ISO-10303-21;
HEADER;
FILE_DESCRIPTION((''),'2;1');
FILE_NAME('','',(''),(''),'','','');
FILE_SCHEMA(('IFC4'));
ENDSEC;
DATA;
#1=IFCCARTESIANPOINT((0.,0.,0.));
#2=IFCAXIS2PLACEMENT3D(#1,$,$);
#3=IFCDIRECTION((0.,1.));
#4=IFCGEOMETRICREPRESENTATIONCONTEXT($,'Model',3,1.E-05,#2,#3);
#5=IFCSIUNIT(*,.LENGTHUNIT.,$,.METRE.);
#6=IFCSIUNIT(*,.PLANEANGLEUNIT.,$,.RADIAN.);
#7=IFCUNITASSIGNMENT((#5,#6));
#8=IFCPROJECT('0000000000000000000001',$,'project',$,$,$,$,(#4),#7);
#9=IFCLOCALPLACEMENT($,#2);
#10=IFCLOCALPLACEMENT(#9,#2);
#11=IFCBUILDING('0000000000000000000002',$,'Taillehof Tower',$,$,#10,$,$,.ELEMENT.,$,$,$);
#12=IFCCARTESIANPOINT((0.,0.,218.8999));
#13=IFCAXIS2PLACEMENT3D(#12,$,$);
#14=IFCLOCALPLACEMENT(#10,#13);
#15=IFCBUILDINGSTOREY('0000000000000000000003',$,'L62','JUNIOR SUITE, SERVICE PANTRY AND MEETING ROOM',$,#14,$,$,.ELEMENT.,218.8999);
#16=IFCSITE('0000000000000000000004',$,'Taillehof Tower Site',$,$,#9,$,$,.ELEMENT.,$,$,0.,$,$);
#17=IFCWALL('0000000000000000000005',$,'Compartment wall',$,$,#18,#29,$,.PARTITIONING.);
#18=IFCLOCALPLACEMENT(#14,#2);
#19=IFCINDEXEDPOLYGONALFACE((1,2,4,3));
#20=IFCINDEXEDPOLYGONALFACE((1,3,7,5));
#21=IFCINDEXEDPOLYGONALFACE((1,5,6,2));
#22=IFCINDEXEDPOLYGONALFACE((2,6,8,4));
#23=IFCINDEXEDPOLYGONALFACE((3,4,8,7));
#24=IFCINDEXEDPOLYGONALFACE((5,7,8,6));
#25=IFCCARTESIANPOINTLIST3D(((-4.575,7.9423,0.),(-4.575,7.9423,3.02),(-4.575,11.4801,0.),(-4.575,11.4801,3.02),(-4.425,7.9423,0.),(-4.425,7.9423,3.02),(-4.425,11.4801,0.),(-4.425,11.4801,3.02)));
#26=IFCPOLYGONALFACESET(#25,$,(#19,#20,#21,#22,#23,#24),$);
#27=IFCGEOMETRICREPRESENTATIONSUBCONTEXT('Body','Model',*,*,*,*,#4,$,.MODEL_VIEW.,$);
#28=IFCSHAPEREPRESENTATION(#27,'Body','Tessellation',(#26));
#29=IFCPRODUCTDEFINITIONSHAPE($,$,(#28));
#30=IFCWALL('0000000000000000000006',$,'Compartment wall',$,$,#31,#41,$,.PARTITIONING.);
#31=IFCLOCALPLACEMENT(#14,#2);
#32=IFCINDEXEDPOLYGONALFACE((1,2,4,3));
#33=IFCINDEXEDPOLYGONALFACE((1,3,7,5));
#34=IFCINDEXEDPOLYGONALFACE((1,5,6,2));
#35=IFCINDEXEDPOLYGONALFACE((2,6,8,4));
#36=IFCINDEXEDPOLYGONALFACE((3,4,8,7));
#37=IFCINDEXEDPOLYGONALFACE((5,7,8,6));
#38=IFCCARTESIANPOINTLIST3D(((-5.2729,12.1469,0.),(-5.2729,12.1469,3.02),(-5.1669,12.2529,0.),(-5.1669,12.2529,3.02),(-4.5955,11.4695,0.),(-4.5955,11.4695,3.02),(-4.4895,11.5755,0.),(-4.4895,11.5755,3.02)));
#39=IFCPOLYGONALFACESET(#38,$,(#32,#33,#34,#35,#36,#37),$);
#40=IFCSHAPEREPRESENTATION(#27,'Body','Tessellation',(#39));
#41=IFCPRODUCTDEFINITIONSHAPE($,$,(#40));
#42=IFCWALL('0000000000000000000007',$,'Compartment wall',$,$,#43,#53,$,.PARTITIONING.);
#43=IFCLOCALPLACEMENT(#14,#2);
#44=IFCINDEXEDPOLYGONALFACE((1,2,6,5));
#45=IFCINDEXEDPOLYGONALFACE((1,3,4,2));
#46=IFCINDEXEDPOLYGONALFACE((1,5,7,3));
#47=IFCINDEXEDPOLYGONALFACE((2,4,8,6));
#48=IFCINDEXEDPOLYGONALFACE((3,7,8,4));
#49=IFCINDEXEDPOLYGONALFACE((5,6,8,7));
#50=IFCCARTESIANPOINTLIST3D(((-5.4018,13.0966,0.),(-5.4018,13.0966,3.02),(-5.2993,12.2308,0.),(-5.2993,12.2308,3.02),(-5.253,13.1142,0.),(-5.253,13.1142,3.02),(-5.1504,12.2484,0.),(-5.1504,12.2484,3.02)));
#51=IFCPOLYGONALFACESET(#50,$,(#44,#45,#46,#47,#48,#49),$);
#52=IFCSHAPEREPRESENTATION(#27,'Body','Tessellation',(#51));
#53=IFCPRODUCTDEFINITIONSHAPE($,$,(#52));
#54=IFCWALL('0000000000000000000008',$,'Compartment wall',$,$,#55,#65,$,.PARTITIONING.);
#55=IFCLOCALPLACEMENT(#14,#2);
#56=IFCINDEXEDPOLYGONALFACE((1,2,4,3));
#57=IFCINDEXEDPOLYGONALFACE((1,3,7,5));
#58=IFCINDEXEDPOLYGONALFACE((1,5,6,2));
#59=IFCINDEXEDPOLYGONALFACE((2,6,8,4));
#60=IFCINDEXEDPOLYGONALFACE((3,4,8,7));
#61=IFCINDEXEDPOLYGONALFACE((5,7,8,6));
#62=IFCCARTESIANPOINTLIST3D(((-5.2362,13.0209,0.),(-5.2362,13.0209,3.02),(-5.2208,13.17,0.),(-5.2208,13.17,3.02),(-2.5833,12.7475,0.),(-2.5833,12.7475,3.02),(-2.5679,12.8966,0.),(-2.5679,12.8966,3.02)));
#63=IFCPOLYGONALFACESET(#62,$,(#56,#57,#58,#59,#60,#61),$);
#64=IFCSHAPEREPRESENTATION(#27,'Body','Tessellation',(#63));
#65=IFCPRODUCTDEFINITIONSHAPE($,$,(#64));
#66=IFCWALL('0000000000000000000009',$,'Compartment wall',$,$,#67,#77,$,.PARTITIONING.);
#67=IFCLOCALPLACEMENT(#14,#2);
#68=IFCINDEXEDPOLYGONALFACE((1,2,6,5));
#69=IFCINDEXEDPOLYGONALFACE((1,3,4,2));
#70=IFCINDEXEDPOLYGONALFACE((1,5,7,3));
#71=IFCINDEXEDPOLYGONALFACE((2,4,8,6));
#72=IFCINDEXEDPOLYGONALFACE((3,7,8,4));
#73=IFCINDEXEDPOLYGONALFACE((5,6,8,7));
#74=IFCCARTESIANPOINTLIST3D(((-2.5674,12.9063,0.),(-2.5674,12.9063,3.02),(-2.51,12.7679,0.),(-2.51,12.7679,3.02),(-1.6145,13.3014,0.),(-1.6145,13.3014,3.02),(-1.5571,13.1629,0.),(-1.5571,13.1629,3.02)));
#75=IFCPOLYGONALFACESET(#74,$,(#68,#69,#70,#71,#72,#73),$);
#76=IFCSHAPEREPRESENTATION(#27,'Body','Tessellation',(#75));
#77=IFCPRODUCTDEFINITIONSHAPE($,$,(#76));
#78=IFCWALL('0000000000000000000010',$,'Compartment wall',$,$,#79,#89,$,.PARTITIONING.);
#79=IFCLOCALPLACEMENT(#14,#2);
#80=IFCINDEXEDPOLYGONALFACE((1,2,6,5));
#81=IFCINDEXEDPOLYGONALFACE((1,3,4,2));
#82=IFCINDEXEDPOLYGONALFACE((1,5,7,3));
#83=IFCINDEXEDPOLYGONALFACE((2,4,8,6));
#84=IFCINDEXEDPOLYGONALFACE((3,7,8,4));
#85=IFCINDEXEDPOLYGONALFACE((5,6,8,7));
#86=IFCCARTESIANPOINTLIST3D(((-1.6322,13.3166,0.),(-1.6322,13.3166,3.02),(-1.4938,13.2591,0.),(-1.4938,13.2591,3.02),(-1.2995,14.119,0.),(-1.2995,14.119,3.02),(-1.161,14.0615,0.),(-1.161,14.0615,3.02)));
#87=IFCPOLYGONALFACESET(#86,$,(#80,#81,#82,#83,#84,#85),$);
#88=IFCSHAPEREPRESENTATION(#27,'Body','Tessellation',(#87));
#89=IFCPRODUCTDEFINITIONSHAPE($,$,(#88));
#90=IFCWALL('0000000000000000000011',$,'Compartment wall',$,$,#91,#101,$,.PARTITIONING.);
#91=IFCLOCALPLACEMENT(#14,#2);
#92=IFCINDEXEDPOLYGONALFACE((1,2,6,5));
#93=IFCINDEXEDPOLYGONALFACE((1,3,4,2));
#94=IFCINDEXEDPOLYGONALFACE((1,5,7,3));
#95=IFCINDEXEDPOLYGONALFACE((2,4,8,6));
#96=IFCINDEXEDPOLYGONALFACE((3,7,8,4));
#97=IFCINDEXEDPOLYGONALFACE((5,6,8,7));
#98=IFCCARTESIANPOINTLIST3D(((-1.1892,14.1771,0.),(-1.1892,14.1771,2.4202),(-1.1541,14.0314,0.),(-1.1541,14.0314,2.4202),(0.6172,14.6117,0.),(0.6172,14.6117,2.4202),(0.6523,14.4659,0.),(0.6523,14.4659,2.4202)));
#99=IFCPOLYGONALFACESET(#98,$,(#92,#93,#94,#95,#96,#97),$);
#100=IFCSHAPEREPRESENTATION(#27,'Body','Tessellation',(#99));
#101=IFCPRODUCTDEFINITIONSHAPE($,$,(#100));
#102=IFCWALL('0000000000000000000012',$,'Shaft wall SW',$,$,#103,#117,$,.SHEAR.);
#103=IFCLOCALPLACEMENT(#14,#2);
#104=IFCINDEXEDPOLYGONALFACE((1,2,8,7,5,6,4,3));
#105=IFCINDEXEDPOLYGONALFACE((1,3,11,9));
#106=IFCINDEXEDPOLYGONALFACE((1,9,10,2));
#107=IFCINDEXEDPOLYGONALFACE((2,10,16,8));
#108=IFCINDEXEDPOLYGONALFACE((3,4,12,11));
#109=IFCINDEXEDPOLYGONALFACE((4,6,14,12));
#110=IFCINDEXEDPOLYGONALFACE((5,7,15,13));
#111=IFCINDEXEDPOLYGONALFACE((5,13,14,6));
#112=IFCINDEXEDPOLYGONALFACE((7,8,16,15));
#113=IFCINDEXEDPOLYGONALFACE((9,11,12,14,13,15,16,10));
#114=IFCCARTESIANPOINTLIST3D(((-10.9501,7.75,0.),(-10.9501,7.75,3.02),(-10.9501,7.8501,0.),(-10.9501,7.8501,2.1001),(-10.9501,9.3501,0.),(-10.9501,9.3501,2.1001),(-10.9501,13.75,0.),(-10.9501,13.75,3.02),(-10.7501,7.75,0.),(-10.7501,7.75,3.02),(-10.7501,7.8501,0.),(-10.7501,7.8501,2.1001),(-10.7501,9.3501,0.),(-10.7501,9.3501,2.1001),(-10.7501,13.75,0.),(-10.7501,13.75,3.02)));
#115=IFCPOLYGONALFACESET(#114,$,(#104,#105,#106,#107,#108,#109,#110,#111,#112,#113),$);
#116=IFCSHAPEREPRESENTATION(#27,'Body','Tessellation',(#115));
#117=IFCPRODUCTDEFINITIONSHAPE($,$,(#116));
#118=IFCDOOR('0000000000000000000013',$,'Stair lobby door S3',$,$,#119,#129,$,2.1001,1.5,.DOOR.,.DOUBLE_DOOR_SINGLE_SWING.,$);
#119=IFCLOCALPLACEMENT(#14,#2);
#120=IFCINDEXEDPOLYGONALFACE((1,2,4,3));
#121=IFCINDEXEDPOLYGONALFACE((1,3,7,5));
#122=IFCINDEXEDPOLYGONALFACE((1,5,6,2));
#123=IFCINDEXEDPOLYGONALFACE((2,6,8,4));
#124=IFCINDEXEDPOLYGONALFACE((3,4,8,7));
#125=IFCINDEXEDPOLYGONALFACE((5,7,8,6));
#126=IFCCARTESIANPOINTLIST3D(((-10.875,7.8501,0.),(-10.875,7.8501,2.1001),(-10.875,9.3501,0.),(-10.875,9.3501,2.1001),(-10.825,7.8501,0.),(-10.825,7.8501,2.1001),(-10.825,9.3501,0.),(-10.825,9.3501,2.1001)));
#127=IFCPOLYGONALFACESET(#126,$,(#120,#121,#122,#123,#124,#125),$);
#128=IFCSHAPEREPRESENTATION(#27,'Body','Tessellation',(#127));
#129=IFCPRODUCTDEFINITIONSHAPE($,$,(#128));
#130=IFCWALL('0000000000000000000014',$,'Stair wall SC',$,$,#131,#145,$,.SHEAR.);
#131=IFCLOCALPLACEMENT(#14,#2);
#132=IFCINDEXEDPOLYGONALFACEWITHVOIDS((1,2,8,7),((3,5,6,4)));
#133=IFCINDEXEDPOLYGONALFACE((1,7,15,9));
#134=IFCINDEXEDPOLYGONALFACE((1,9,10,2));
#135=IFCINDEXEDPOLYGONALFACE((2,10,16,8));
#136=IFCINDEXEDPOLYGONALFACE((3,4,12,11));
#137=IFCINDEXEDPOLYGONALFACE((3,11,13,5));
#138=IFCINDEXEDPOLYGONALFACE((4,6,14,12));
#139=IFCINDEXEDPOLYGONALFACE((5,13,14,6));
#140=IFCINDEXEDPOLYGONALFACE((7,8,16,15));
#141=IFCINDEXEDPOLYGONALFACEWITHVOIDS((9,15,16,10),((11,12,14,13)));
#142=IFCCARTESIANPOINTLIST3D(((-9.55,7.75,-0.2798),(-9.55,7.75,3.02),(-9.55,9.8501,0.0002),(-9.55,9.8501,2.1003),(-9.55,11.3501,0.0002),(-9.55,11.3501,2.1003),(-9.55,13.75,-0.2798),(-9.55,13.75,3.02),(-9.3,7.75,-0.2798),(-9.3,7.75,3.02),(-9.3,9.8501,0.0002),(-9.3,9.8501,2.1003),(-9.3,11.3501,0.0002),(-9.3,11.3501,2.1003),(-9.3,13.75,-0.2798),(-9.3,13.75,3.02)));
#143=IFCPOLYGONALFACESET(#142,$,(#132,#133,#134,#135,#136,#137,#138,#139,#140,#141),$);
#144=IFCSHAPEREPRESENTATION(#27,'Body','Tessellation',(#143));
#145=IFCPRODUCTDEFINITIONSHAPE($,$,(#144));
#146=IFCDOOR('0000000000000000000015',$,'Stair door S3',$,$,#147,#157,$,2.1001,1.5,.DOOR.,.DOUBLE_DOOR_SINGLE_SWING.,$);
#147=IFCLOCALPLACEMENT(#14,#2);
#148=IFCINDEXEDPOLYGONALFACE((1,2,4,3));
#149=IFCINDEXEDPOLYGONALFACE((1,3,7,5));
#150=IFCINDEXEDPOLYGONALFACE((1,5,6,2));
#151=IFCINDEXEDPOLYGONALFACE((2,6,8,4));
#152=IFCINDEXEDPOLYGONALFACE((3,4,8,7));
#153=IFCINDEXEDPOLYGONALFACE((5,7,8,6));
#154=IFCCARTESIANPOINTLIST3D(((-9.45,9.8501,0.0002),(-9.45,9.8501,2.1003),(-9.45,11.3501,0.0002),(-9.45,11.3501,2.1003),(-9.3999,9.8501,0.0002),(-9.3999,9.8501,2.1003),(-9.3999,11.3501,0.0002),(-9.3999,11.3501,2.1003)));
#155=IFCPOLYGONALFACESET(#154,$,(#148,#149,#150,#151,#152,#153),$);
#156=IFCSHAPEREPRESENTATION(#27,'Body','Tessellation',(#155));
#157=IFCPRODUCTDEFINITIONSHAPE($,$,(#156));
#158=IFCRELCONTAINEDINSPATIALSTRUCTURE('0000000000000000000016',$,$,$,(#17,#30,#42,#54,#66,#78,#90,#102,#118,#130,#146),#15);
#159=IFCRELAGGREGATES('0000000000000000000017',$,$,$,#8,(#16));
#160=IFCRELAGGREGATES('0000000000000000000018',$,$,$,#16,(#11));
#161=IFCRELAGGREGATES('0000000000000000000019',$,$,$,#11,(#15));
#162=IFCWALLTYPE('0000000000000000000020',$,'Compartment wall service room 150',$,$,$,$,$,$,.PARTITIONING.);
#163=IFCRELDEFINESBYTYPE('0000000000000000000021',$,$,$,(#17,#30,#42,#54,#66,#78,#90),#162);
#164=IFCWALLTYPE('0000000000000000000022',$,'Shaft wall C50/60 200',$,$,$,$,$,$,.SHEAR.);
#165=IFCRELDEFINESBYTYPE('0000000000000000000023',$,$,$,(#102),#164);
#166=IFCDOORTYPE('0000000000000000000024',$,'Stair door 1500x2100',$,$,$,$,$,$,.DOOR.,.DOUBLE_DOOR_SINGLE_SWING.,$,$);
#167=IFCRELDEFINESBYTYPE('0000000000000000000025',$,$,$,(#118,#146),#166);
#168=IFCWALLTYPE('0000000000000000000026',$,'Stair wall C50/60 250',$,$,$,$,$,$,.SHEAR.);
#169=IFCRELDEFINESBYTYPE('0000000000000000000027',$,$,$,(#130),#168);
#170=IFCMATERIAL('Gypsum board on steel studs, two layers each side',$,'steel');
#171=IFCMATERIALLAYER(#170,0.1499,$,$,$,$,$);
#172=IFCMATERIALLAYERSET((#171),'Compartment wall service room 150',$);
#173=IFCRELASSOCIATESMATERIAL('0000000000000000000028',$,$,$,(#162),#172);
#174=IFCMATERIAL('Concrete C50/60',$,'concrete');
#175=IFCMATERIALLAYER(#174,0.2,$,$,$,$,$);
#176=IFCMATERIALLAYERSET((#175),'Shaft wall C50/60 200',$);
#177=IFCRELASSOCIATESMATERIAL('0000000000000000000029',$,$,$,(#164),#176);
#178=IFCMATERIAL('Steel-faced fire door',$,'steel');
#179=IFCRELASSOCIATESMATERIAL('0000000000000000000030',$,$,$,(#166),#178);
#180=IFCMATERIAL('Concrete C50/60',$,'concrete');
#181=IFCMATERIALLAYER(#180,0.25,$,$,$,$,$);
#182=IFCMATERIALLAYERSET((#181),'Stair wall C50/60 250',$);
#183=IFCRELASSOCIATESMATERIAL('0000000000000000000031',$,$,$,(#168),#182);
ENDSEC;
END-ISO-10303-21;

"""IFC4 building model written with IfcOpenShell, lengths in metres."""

from ifc_helpers import new_model, si_unit, direction, frame, frame_2d, origin, place, context, subcontext, project, spatial, rectangle, extrude, material, layer, layer_set, type_object, element, fill, save


model = new_model("IFC4")

# Units and contexts
model_context = context("Model", 3, precision=1e-05, world=origin(), true_north=direction((0.0, 1.0)))
body_context = subcontext(model_context, "Body", "Model", "MODEL_VIEW")
ifc_project = project(units=[si_unit("LENGTHUNIT", "METRE"), si_unit("PLANEANGLEUNIT", "RADIAN")], contexts=[model_context])

# Site, building, storey
site_placement = place(None, origin())
site = spatial("IfcSite", under=ifc_project, at=site_placement, Name="Taillehof Tower Site", CompositionType="ELEMENT", RefElevation=0.0)
building_placement = place(site_placement, origin())
building = spatial("IfcBuilding", under=site, at=building_placement, Name="Taillehof Tower", CompositionType="ELEMENT")
storey_placement = place(building_placement, frame((0.0, 0.0, 218.8999)))
storey = spatial("IfcBuildingStorey", under=building, at=storey_placement, Name="L62", Description="JUNIOR SUITE, SERVICE PANTRY AND MEETING ROOM", CompositionType="ELEMENT", Elevation=218.8999)

# Walls
ifc_material_1 = material(Name="Gypsum board on steel studs, two layers each side", Category="steel")
ifc_layer_1 = layer(ifc_material_1, 0.1499)
ifc_layer_set_1 = layer_set([ifc_layer_1], Name="Compartment wall service room 150")
wall_type_1 = type_object("IfcWallType", Name="Compartment wall service room 150", PredefinedType="PARTITIONING", material=ifc_layer_set_1)
wall_1_placement = place(storey_placement, frame((-4.5, 7.9421, 0.0), z_axis=(0.0, 0.0, 1.0), x_axis=(0.0, 1.0, 0.0)))
element("IfcWall", 1, at=wall_1_placement, inside=storey, type_object=wall_type_1, Name="Compartment wall", PredefinedType="PARTITIONING", context=body_context, shape_type="SweptSolid", body=[
    extrude(rectangle(XDim=3.5378, YDim=0.1499, at=frame_2d((1.769, 0.0))), origin(), (0.0, 0.0, 1.0), 3.02),
])
wall_2_placement = place(storey_placement, frame((-4.5425, 11.5225, 0.0), z_axis=(0.0, 0.0, 1.0), x_axis=(-0.707107, 0.707107, 0.0)))
element("IfcWall", 2, at=wall_2_placement, inside=storey, type_object=wall_type_1, Name="Compartment wall", PredefinedType="PARTITIONING", context=body_context, shape_type="SweptSolid", body=[
    extrude(rectangle(XDim=0.958, YDim=0.1499, at=frame_2d((0.479, 0.0))), origin(), (0.0, 0.0, 1.0), 3.02),
])
wall_3_placement = place(storey_placement, frame((-5.2249, 12.2395, 0.0), z_axis=(0.0, 0.0, 1.0), x_axis=(-0.117621, 0.993059, 0.0)))
element("IfcWall", 3, at=wall_3_placement, inside=storey, type_object=wall_type_1, Name="Compartment wall", PredefinedType="PARTITIONING", context=body_context, shape_type="SweptSolid", body=[
    extrude(rectangle(XDim=0.8718, YDim=0.1499, at=frame_2d((0.436, 0.0))), origin(), (0.0, 0.0, 1.0), 3.02),
])
wall_4_placement = place(storey_placement, frame((-5.2285, 13.0955, 0.0), z_axis=(0.0, 0.0, 1.0), x_axis=(0.99473, -0.102531, 0.0)))
element("IfcWall", 4, at=wall_4_placement, inside=storey, type_object=wall_type_1, Name="Compartment wall", PredefinedType="PARTITIONING", context=body_context, shape_type="SweptSolid", body=[
    extrude(rectangle(XDim=2.667, YDim=0.1499, at=frame_2d((1.3335, 0.0))), origin(), (0.0, 0.0, 1.0), 3.02),
])
wall_5_placement = place(storey_placement, frame((-2.5386, 12.8372, 0.0), z_axis=(0.0, 0.0, 1.0), x_axis=(0.923769, 0.382951, 0.0)))
element("IfcWall", 5, at=wall_5_placement, inside=storey, type_object=wall_type_1, Name="Compartment wall", PredefinedType="PARTITIONING", context=body_context, shape_type="SweptSolid", body=[
    extrude(rectangle(XDim=1.0315, YDim=0.1499, at=frame_2d((0.5156, 0.0))), origin(), (0.0, 0.0, 1.0), 3.02),
])
wall_6_placement = place(storey_placement, frame((-1.563, 13.2878, 0.0), z_axis=(0.0, 0.0, 1.0), x_axis=(0.383038, 0.923732, 0.0)))
element("IfcWall", 6, at=wall_6_placement, inside=storey, type_object=wall_type_1, Name="Compartment wall", PredefinedType="PARTITIONING", context=body_context, shape_type="SweptSolid", body=[
    extrude(rectangle(XDim=0.8687, YDim=0.1499, at=frame_2d((0.4343, 0.0))), origin(), (0.0, 0.0, 1.0), 3.02),
])
wall_7_placement = place(storey_placement, frame((-1.1716, 14.1042, 0.0), z_axis=(0.0, 0.0, 1.0), x_axis=(0.972261, 0.2339, 0.0)))
element("IfcWall", 7, at=wall_7_placement, inside=storey, type_object=wall_type_1, Name="Compartment wall", PredefinedType="PARTITIONING", context=body_context, shape_type="SweptSolid", body=[
    extrude(rectangle(XDim=1.8579, YDim=0.1499, at=frame_2d((0.929, 0.0))), origin(), (0.0, 0.0, 1.0), 2.4202),
])

# Walls, openings, doors
ifc_material_2 = material(Name="Concrete C50/60", Category="concrete")
ifc_layer_2 = layer(ifc_material_2, 0.2)
ifc_layer_set_2 = layer_set([ifc_layer_2], Name="Shaft wall C50/60 200")
wall_type_2 = type_object("IfcWallType", Name="Shaft wall C50/60 200", PredefinedType="SHEAR", material=ifc_layer_set_2)
wall_8_placement = place(storey_placement, frame((-10.8501, 7.75, 0.0), z_axis=(0.0, 0.0, 1.0), x_axis=(0.0, 1.0, 0.0)))
wall_8 = element("IfcWall", 8, at=wall_8_placement, inside=storey, type_object=wall_type_2, Name="Shaft wall SW", PredefinedType="SHEAR", context=body_context, shape_type="SweptSolid", body=[
    extrude(rectangle(XDim=6.0, YDim=0.2, at=frame_2d((3.0, 0.0))), origin(), (0.0, 0.0, 1.0), 3.02),
])
opening_1_placement = place(wall_8_placement, frame((0.1001, 0.0, 0.0)))
opening_1 = element("IfcOpeningElement", 9, at=opening_1_placement, cuts=wall_8, PredefinedType="OPENING", context=body_context, shape_type="SweptSolid", body=[
    extrude(rectangle(XDim=1.5, YDim=2.1001, at=frame_2d((0.75, 1.05))), frame((0.0, 0.1099, 0.0), z_axis=(0.0, -1.0, 0.0), x_axis=(1.0, 0.0, 0.0)), (0.0, 0.0, 1.0), 0.22),
])
ifc_material_3 = material(Name="Steel-faced fire door", Category="steel")
door_type_1 = type_object("IfcDoorType", Name="Stair door 1500x2100", OperationType="DOUBLE_DOOR_SINGLE_SWING", PredefinedType="DOOR", material=ifc_material_3)
door_1_placement = place(opening_1_placement, origin())
door_1 = element("IfcDoor", 10, at=door_1_placement, inside=storey, type_object=door_type_1, Name="Stair lobby door S3", OperationType="DOUBLE_DOOR_SINGLE_SWING", OverallHeight=2.1001, OverallWidth=1.5, PredefinedType="DOOR", context=body_context, shape_type="SweptSolid", body=[
    extrude(rectangle(XDim=1.5, YDim=2.1001, at=frame_2d((0.75, 1.05))), frame((0.0, 0.0249, 0.0), z_axis=(0.0, -1.0, 0.0), x_axis=(1.0, 0.0, 0.0)), (0.0, 0.0, 1.0), 0.05),
])
fill(opening_1, door_1)
ifc_material_4 = material(Name="Concrete C50/60", Category="concrete")
ifc_layer_3 = layer(ifc_material_4, 0.25)
ifc_layer_set_3 = layer_set([ifc_layer_3], Name="Stair wall C50/60 250")
wall_type_3 = type_object("IfcWallType", Name="Stair wall C50/60 250", PredefinedType="SHEAR", material=ifc_layer_set_3)
wall_9_placement = place(storey_placement, frame((-9.425, 7.75, -0.2798), z_axis=(0.0, 0.0, 1.0), x_axis=(0.0, 1.0, 0.0)))
wall_9 = element("IfcWall", 11, at=wall_9_placement, inside=storey, type_object=wall_type_3, Name="Stair wall SC", PredefinedType="SHEAR", context=body_context, shape_type="SweptSolid", body=[
    extrude(rectangle(XDim=6.0, YDim=0.25, at=frame_2d((3.0, 0.0))), origin(), (0.0, 0.0, 1.0), 3.2998),
])
opening_2_placement = place(wall_9_placement, frame((2.1001, 0.0, 0.28)))
opening_2 = element("IfcOpeningElement", 12, at=opening_2_placement, cuts=wall_9, PredefinedType="OPENING", context=body_context, shape_type="SweptSolid", body=[
    extrude(rectangle(XDim=1.5, YDim=2.1001, at=frame_2d((0.75, 1.05))), frame((0.0, 0.135, 0.0), z_axis=(0.0, -1.0, 0.0), x_axis=(1.0, 0.0, 0.0)), (0.0, 0.0, 1.0), 0.27),
])
door_2_placement = place(opening_2_placement, origin())
door_2 = element("IfcDoor", 13, at=door_2_placement, inside=storey, type_object=door_type_1, Name="Stair door S3", OperationType="DOUBLE_DOOR_SINGLE_SWING", OverallHeight=2.1001, OverallWidth=1.5, PredefinedType="DOOR", context=body_context, shape_type="SweptSolid", body=[
    extrude(rectangle(XDim=1.5, YDim=2.1001, at=frame_2d((0.75, 1.05))), frame((0.0, 0.0249, 0.0), z_axis=(0.0, -1.0, 0.0), x_axis=(1.0, 0.0, 0.0)), (0.0, 0.0, 1.0), 0.05),
])
fill(opening_2, door_2)

save(model, "model.ifc")
